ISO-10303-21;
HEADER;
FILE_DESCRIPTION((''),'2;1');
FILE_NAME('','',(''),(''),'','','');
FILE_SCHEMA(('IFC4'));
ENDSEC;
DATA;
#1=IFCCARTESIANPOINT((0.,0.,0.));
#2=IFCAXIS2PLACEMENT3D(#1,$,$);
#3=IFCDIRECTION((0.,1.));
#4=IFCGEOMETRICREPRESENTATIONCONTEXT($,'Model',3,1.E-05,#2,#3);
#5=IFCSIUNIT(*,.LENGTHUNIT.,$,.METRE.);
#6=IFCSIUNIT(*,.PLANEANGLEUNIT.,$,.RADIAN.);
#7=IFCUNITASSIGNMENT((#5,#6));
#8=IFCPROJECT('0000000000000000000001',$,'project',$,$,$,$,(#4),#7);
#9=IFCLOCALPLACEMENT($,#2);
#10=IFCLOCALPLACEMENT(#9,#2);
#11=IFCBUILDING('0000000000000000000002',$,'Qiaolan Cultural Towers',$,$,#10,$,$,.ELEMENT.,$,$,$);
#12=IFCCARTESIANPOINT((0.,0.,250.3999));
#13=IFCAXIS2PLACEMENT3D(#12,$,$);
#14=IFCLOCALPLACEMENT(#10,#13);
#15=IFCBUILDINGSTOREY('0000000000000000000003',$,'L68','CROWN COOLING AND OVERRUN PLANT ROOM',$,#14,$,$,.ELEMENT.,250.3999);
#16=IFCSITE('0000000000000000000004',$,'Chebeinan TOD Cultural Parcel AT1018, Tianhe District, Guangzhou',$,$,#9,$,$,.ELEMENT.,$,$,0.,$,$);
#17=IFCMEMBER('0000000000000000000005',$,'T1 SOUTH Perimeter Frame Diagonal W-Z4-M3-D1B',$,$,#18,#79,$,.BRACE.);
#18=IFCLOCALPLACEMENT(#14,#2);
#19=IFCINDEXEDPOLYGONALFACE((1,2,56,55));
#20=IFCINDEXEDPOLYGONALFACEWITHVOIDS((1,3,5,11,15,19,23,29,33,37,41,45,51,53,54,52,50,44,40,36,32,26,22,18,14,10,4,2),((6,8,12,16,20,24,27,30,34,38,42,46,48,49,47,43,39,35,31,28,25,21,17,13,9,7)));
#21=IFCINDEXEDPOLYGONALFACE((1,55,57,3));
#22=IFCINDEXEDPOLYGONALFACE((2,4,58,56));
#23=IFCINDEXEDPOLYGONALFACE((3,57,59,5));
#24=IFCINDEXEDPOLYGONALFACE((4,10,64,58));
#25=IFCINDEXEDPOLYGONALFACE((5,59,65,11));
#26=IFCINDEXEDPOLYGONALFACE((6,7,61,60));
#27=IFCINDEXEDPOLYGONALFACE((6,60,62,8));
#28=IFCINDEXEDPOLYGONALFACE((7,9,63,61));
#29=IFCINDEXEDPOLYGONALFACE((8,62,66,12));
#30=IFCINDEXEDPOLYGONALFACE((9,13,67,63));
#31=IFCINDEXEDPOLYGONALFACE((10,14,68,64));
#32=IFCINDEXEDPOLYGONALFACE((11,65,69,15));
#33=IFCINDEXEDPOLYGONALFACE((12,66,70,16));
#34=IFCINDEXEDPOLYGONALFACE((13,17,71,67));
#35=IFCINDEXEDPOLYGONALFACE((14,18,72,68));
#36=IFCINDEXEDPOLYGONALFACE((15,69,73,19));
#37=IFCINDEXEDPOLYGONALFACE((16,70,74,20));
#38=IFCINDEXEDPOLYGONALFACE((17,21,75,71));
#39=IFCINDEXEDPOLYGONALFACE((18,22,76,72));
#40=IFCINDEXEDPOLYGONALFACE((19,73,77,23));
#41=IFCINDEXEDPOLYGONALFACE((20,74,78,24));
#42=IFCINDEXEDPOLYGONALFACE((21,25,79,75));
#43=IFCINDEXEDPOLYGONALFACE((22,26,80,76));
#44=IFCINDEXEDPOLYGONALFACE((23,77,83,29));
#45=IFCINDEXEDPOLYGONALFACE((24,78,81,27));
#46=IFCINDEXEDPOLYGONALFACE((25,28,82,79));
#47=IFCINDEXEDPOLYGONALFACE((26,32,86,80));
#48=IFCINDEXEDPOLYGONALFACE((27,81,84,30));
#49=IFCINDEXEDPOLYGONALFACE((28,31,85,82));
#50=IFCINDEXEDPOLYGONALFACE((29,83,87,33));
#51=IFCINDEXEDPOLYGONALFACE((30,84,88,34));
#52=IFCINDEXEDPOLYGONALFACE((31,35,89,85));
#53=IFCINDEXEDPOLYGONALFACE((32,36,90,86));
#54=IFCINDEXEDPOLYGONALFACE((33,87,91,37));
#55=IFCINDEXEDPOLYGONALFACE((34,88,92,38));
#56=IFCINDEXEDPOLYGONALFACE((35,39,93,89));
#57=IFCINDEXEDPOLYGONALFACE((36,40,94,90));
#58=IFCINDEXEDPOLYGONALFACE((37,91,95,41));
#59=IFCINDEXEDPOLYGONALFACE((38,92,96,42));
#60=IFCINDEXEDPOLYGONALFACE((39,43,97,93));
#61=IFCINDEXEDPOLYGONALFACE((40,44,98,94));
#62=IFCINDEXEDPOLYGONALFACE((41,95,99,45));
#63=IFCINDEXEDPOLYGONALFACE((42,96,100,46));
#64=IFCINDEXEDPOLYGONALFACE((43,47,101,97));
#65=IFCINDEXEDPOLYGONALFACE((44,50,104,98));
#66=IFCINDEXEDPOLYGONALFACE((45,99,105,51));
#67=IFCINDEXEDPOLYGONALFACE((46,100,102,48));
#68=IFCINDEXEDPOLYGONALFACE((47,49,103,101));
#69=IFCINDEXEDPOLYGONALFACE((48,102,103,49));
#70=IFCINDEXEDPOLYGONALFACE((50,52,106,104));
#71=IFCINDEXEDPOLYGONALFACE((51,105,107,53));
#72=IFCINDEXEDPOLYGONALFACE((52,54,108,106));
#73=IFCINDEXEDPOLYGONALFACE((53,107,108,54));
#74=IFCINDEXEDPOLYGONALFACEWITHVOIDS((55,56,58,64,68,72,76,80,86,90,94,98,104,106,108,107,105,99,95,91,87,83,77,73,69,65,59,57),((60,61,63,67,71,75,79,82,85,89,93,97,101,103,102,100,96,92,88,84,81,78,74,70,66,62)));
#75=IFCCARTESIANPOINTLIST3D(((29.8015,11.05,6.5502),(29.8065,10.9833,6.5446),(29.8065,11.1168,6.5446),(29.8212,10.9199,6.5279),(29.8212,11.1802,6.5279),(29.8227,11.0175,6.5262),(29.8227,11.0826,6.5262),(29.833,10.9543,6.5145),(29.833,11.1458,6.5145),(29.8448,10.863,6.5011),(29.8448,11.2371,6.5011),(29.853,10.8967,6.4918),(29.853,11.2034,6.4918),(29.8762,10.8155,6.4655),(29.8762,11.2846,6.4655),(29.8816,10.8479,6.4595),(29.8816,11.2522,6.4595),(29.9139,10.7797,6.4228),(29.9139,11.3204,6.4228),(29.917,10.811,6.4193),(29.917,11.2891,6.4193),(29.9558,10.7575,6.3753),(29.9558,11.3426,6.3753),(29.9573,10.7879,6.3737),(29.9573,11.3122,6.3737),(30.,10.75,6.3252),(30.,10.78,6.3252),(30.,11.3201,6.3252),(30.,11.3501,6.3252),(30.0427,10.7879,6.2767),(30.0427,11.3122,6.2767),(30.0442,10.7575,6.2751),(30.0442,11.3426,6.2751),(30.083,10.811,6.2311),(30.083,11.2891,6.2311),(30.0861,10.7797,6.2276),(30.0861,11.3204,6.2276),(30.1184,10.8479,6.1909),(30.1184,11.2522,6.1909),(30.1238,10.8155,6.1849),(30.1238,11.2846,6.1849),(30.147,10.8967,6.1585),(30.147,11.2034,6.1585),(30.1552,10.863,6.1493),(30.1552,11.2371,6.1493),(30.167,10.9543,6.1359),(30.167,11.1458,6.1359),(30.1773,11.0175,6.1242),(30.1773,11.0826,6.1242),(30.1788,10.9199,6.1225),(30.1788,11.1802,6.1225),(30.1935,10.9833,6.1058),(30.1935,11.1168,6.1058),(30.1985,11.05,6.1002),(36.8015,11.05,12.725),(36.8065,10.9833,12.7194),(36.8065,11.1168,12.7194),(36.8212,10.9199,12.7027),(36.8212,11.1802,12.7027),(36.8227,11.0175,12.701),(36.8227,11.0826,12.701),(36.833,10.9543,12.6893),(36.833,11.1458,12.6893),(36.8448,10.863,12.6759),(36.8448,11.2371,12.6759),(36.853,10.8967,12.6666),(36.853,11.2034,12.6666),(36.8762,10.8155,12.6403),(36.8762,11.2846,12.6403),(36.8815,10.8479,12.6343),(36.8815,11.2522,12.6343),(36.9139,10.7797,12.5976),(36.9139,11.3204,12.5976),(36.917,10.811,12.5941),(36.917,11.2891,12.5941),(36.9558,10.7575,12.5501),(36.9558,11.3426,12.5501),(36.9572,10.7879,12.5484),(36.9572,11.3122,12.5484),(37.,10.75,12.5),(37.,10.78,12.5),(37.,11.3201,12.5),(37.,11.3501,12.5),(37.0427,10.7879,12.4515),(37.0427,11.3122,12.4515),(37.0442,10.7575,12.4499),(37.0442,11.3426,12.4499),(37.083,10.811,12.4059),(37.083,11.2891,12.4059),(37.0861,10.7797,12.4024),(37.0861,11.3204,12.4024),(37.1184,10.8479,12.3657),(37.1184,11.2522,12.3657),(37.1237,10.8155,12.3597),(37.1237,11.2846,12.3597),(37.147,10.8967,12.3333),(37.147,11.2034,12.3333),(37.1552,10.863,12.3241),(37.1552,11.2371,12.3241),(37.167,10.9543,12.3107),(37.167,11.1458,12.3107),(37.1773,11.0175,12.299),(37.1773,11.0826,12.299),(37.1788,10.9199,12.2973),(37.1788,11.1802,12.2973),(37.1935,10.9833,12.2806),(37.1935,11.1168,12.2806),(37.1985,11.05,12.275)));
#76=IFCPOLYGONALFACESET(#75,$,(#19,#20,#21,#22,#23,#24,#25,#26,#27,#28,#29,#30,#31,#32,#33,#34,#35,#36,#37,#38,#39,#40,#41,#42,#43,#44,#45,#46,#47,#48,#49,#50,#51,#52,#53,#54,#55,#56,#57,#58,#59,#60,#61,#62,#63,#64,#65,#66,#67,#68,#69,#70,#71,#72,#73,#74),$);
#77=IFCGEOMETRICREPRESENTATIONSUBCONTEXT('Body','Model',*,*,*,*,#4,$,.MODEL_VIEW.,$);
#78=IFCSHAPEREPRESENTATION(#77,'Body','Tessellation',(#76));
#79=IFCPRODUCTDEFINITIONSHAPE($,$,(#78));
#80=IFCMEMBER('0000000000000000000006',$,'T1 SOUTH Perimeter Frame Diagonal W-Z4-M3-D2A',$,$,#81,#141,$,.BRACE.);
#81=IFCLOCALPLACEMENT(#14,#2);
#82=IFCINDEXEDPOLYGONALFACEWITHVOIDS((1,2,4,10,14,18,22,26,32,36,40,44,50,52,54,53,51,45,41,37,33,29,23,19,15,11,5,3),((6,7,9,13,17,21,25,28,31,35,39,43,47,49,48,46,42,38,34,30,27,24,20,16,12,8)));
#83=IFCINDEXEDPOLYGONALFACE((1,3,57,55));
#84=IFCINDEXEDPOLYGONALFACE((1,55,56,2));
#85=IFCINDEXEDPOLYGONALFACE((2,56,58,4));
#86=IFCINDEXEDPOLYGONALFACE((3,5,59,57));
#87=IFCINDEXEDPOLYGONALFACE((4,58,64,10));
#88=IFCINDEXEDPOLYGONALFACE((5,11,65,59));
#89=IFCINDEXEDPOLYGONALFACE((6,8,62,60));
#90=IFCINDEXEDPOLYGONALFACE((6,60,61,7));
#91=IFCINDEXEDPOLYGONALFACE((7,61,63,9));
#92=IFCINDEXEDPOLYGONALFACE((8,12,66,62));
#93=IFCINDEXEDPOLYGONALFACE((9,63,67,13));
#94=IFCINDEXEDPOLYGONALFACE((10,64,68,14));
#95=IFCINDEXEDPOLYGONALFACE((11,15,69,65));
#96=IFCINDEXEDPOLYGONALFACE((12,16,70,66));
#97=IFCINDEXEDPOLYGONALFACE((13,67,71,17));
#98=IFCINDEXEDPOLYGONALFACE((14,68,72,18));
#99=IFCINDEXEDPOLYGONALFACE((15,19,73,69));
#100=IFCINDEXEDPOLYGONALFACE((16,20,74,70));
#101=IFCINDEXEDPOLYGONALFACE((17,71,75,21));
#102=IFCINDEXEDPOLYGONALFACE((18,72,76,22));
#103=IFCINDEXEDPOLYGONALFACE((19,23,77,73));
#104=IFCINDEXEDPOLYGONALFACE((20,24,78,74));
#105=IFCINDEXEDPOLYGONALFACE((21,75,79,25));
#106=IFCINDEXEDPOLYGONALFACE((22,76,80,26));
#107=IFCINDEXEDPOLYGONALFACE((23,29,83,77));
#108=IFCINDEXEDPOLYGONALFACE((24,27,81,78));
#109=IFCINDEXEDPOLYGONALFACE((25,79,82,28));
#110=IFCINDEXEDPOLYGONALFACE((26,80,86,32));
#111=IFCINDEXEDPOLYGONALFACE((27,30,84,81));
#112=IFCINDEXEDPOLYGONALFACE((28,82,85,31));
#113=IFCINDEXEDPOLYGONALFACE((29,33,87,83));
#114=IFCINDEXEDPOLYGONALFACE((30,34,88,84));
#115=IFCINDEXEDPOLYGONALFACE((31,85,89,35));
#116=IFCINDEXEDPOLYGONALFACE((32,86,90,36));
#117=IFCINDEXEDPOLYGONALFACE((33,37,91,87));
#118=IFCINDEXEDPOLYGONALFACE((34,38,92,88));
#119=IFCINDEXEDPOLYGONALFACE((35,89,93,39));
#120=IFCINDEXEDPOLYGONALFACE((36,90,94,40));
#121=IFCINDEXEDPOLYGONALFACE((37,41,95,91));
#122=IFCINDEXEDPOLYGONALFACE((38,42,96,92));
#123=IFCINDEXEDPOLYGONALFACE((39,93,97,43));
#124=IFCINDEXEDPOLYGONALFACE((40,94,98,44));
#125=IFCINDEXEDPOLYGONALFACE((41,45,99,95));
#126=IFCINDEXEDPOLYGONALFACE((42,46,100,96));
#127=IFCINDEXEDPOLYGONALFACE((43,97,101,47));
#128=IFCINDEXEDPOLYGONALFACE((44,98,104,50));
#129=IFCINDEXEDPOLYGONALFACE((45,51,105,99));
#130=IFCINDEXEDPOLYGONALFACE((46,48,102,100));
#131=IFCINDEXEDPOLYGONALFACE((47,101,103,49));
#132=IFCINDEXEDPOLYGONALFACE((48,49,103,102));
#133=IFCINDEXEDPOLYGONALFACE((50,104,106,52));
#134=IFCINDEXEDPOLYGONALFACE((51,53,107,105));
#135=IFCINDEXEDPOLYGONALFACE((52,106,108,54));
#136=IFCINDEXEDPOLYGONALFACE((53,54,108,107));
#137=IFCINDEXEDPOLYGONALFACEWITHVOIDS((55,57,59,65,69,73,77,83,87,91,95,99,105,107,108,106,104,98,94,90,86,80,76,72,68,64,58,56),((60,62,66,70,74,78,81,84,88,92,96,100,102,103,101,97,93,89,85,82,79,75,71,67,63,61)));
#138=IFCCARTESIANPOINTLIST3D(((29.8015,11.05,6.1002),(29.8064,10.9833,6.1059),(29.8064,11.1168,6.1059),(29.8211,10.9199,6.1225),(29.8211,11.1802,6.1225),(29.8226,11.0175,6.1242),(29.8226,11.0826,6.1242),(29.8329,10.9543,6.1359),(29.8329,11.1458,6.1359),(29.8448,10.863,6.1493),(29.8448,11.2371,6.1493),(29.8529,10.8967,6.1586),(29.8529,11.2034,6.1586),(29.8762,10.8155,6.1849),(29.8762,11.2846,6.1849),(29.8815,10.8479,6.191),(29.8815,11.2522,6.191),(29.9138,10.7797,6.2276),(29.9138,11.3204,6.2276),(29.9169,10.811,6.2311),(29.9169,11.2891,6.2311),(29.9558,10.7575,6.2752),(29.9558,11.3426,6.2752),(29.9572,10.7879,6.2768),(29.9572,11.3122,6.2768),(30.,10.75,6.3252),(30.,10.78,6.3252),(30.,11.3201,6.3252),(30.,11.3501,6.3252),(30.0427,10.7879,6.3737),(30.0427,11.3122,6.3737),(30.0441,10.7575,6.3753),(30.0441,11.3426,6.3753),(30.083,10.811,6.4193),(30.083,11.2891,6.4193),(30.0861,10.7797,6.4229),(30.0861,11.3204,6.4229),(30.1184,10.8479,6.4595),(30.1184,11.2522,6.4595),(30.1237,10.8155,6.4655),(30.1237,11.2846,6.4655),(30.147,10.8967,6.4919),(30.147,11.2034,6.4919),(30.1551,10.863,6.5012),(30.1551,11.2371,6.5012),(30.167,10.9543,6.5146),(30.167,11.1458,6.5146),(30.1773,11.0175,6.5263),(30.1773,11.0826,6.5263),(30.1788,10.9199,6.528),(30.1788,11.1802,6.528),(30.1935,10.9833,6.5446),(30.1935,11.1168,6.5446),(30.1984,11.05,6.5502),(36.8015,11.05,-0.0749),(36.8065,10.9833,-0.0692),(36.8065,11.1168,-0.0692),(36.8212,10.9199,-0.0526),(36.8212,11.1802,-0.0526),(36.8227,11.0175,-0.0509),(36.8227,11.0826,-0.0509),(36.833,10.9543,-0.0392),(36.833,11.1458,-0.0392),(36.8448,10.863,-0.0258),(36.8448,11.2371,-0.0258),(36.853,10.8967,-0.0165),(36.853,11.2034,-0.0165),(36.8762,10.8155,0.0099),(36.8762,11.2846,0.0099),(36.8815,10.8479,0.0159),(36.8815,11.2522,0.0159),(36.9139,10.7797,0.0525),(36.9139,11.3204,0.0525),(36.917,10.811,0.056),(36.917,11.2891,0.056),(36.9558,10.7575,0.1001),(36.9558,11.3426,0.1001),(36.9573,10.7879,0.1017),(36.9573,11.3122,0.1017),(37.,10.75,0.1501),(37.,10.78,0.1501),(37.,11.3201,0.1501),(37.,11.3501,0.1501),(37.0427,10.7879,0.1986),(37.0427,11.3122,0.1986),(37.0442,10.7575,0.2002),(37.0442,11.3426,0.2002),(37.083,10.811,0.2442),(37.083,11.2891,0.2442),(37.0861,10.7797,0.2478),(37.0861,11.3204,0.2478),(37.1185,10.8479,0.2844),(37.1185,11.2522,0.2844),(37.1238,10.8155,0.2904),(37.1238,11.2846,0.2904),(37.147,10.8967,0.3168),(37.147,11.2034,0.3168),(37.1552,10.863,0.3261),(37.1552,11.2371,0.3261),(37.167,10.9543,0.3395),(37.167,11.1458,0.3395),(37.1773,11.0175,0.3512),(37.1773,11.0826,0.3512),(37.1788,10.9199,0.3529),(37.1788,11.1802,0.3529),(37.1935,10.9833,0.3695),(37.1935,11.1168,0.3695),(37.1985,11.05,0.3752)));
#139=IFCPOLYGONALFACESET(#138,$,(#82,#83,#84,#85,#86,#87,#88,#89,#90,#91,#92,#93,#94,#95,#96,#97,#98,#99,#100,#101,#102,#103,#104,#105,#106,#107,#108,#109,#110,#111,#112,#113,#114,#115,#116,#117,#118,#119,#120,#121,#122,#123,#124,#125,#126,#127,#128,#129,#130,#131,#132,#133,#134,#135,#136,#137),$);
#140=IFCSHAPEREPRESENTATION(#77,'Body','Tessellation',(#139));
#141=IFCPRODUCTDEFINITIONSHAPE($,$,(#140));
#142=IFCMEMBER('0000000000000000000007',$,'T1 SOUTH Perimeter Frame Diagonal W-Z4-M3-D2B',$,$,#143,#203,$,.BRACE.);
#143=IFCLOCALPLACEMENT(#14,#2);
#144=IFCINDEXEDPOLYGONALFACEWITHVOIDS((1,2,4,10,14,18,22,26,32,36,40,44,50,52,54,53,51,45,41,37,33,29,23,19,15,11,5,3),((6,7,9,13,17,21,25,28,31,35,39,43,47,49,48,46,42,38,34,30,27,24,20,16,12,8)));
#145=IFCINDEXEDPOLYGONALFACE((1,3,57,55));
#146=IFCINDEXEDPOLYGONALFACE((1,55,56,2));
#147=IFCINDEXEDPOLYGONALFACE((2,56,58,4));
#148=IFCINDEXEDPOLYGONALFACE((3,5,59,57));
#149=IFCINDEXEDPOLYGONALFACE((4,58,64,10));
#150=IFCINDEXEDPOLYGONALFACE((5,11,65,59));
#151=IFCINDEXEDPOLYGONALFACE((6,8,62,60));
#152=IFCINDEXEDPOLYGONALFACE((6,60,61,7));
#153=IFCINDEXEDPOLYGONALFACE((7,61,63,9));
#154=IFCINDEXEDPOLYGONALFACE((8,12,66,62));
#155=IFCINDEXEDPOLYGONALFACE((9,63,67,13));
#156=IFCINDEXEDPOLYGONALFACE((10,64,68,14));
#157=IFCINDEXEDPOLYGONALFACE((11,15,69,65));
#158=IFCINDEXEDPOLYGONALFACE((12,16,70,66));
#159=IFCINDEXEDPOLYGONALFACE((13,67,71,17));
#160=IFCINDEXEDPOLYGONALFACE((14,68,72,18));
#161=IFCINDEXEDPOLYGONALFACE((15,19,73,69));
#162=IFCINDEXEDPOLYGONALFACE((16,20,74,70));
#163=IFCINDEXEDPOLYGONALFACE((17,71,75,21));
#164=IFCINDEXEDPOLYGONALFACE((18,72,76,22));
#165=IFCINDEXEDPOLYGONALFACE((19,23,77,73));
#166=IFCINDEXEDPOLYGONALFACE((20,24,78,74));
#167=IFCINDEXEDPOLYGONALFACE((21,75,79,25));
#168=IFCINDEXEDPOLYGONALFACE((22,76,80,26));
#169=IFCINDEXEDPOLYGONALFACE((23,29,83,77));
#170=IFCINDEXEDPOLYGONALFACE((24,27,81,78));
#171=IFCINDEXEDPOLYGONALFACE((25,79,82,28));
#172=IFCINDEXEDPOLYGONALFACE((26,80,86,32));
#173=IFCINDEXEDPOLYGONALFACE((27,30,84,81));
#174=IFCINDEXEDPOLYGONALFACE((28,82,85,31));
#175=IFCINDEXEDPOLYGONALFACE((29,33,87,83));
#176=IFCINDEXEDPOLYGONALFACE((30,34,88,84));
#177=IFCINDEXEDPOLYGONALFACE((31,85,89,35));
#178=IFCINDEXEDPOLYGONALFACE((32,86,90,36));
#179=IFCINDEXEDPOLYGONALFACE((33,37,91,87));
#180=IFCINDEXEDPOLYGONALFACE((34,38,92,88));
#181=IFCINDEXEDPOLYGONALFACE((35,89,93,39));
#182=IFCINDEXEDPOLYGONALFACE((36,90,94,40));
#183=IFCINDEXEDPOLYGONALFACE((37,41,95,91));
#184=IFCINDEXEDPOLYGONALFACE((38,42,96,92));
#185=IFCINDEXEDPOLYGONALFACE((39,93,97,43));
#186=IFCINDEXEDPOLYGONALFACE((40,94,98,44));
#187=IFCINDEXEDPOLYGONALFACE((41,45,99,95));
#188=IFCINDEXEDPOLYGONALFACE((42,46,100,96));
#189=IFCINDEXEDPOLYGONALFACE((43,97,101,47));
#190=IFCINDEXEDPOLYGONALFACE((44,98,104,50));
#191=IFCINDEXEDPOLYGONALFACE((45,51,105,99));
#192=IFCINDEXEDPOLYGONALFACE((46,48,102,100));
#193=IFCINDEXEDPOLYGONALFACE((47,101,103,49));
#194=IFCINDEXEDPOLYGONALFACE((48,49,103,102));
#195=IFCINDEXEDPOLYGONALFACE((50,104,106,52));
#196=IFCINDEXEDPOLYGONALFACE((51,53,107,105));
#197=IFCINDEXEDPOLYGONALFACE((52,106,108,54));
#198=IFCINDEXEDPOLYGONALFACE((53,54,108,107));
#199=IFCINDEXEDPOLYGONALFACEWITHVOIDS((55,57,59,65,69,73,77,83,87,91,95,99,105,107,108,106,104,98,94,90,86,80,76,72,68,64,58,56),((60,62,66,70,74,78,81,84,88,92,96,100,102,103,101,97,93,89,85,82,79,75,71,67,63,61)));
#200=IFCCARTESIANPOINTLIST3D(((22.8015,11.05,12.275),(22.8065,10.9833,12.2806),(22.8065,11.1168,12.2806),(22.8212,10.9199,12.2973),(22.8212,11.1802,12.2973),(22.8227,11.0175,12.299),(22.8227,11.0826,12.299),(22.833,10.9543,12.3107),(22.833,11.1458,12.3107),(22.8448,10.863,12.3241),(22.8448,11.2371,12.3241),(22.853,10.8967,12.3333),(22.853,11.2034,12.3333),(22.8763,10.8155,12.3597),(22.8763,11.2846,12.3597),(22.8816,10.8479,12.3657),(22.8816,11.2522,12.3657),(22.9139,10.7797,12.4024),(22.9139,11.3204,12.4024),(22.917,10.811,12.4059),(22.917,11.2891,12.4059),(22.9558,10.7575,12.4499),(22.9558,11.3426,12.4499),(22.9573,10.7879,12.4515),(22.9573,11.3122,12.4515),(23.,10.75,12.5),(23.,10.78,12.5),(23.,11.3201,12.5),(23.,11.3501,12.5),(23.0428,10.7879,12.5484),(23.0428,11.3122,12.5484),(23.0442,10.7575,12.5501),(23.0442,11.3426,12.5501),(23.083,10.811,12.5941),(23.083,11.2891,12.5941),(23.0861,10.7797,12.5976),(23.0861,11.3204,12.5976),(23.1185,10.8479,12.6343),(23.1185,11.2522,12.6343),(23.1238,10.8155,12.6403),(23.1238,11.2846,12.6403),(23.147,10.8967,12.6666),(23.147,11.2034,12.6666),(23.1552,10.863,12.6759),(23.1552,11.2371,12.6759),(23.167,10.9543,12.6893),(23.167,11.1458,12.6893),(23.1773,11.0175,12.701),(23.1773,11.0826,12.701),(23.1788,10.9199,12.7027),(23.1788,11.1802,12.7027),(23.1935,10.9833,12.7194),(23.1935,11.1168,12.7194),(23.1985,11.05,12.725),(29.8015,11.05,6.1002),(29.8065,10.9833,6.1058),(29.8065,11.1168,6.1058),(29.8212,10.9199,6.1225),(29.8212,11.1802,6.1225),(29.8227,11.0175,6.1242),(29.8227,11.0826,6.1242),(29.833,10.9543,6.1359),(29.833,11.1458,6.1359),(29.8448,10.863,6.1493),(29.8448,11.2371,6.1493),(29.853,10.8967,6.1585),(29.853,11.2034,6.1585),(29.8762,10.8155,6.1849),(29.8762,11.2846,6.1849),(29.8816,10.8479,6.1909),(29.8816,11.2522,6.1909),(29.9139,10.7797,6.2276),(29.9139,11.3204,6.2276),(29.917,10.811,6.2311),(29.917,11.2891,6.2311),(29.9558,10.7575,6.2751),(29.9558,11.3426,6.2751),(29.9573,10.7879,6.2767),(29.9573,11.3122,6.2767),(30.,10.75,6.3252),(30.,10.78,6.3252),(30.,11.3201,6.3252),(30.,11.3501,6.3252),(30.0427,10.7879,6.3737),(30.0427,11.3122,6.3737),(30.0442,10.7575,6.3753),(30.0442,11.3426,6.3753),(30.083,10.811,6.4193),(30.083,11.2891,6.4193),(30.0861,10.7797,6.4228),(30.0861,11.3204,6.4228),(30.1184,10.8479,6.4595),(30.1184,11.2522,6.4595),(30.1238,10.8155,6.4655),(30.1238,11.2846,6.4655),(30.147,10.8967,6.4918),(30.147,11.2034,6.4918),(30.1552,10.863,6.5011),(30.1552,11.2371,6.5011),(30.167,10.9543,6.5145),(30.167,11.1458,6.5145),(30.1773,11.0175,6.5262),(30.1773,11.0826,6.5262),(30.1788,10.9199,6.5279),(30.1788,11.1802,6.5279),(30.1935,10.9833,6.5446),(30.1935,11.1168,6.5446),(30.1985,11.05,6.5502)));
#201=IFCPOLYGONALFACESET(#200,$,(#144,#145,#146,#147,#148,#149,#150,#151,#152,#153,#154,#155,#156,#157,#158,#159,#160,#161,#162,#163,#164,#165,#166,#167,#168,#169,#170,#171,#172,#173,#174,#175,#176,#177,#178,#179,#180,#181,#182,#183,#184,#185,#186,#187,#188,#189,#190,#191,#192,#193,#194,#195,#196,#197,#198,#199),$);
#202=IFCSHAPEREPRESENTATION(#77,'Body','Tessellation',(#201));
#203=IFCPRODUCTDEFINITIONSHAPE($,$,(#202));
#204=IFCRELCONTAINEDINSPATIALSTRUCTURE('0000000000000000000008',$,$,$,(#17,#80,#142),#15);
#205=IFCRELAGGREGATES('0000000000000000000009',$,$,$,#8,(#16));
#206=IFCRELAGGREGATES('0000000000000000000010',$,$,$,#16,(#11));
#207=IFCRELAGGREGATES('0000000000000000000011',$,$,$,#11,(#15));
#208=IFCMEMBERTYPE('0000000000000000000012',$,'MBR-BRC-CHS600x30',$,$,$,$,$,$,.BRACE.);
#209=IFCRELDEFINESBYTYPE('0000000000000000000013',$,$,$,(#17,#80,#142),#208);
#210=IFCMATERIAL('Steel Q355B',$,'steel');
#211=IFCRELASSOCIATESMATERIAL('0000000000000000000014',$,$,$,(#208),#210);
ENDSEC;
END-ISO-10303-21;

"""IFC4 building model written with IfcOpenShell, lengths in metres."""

from ifc_helpers import new_model, si_unit, direction, frame, origin, origin_2d, place, context, subcontext, project, spatial, hollow_circle, extrude, material, material_profile, profile_set, type_object, element, save


model = new_model("IFC4")

# Units and contexts
model_context = context("Model", 3, precision=1e-05, world=origin(), true_north=direction((0.0, 1.0)))
body_context = subcontext(model_context, "Body", "Model", "MODEL_VIEW")
ifc_project = project(units=[si_unit("LENGTHUNIT", "METRE"), si_unit("PLANEANGLEUNIT", "RADIAN")], contexts=[model_context])

# Site, building, storey
site_placement = place(None, origin())
site = spatial("IfcSite", under=ifc_project, at=site_placement, Name="Chebeinan TOD Cultural Parcel AT1018, Tianhe District, Guangzhou", CompositionType="ELEMENT", RefElevation=0.0)
building_placement = place(site_placement, origin())
building = spatial("IfcBuilding", under=site, at=building_placement, Name="Qiaolan Cultural Towers", CompositionType="ELEMENT")
storey_placement = place(building_placement, frame((0.0, 0.0, 250.3999)))
storey = spatial("IfcBuildingStorey", under=building, at=storey_placement, Name="L68", Description="CROWN COOLING AND OVERRUN PLANT ROOM", CompositionType="ELEMENT", Elevation=250.3999)

# Members
ifc_material_1 = material(Name="Steel Q355B", Category="steel")
ifc_material_profile_1 = material_profile(ifc_material_1, hollow_circle(Radius=0.3, WallThickness=0.03, at=origin_2d()), Name="CHS600x30")
ifc_profile_set_1 = profile_set([ifc_material_profile_1], Name="Steel Q355B")
member_type = type_object("IfcMemberType", Name="MBR-BRC-CHS600x30", PredefinedType="BRACE", material=ifc_profile_set_1)
member_1_placement = place(storey_placement, frame((30.0, 11.05, 6.3252), z_axis=(0.749926, 0.0, 0.661521), x_axis=(0.0, 1.0, 0.0)))
element("IfcMember", 1, at=member_1_placement, inside=storey, type_object=member_type, Name="T1 SOUTH Perimeter Frame Diagonal W-Z4-M3-D1B", PredefinedType="BRACE", context=body_context, shape_type="SweptSolid", body=[
    extrude(hollow_circle(Radius=0.3, WallThickness=0.03, at=origin_2d()), origin(), (0.0, 0.0, 1.0), 9.3342),
])
member_2_placement = place(storey_placement, frame((37.0, 11.05, 0.1501), z_axis=(-0.749913, 0.0, 0.661536), x_axis=(0.0, -1.0, 0.0)))
element("IfcMember", 2, at=member_2_placement, inside=storey, type_object=member_type, Name="T1 SOUTH Perimeter Frame Diagonal W-Z4-M3-D2A", PredefinedType="BRACE", context=body_context, shape_type="SweptSolid", body=[
    extrude(hollow_circle(Radius=0.3, WallThickness=0.03, at=origin_2d()), origin(), (0.0, 0.0, 1.0), 9.3345),
])
member_3_placement = place(storey_placement, frame((30.0, 11.05, 6.3252), z_axis=(-0.749926, 0.0, 0.661521), x_axis=(0.0, -1.0, 0.0)))
element("IfcMember", 3, at=member_3_placement, inside=storey, type_object=member_type, Name="T1 SOUTH Perimeter Frame Diagonal W-Z4-M3-D2B", PredefinedType="BRACE", context=body_context, shape_type="SweptSolid", body=[
    extrude(hollow_circle(Radius=0.3, WallThickness=0.03, at=origin_2d()), origin(), (0.0, 0.0, 1.0), 9.3342),
])

save(model, "model.ifc")
